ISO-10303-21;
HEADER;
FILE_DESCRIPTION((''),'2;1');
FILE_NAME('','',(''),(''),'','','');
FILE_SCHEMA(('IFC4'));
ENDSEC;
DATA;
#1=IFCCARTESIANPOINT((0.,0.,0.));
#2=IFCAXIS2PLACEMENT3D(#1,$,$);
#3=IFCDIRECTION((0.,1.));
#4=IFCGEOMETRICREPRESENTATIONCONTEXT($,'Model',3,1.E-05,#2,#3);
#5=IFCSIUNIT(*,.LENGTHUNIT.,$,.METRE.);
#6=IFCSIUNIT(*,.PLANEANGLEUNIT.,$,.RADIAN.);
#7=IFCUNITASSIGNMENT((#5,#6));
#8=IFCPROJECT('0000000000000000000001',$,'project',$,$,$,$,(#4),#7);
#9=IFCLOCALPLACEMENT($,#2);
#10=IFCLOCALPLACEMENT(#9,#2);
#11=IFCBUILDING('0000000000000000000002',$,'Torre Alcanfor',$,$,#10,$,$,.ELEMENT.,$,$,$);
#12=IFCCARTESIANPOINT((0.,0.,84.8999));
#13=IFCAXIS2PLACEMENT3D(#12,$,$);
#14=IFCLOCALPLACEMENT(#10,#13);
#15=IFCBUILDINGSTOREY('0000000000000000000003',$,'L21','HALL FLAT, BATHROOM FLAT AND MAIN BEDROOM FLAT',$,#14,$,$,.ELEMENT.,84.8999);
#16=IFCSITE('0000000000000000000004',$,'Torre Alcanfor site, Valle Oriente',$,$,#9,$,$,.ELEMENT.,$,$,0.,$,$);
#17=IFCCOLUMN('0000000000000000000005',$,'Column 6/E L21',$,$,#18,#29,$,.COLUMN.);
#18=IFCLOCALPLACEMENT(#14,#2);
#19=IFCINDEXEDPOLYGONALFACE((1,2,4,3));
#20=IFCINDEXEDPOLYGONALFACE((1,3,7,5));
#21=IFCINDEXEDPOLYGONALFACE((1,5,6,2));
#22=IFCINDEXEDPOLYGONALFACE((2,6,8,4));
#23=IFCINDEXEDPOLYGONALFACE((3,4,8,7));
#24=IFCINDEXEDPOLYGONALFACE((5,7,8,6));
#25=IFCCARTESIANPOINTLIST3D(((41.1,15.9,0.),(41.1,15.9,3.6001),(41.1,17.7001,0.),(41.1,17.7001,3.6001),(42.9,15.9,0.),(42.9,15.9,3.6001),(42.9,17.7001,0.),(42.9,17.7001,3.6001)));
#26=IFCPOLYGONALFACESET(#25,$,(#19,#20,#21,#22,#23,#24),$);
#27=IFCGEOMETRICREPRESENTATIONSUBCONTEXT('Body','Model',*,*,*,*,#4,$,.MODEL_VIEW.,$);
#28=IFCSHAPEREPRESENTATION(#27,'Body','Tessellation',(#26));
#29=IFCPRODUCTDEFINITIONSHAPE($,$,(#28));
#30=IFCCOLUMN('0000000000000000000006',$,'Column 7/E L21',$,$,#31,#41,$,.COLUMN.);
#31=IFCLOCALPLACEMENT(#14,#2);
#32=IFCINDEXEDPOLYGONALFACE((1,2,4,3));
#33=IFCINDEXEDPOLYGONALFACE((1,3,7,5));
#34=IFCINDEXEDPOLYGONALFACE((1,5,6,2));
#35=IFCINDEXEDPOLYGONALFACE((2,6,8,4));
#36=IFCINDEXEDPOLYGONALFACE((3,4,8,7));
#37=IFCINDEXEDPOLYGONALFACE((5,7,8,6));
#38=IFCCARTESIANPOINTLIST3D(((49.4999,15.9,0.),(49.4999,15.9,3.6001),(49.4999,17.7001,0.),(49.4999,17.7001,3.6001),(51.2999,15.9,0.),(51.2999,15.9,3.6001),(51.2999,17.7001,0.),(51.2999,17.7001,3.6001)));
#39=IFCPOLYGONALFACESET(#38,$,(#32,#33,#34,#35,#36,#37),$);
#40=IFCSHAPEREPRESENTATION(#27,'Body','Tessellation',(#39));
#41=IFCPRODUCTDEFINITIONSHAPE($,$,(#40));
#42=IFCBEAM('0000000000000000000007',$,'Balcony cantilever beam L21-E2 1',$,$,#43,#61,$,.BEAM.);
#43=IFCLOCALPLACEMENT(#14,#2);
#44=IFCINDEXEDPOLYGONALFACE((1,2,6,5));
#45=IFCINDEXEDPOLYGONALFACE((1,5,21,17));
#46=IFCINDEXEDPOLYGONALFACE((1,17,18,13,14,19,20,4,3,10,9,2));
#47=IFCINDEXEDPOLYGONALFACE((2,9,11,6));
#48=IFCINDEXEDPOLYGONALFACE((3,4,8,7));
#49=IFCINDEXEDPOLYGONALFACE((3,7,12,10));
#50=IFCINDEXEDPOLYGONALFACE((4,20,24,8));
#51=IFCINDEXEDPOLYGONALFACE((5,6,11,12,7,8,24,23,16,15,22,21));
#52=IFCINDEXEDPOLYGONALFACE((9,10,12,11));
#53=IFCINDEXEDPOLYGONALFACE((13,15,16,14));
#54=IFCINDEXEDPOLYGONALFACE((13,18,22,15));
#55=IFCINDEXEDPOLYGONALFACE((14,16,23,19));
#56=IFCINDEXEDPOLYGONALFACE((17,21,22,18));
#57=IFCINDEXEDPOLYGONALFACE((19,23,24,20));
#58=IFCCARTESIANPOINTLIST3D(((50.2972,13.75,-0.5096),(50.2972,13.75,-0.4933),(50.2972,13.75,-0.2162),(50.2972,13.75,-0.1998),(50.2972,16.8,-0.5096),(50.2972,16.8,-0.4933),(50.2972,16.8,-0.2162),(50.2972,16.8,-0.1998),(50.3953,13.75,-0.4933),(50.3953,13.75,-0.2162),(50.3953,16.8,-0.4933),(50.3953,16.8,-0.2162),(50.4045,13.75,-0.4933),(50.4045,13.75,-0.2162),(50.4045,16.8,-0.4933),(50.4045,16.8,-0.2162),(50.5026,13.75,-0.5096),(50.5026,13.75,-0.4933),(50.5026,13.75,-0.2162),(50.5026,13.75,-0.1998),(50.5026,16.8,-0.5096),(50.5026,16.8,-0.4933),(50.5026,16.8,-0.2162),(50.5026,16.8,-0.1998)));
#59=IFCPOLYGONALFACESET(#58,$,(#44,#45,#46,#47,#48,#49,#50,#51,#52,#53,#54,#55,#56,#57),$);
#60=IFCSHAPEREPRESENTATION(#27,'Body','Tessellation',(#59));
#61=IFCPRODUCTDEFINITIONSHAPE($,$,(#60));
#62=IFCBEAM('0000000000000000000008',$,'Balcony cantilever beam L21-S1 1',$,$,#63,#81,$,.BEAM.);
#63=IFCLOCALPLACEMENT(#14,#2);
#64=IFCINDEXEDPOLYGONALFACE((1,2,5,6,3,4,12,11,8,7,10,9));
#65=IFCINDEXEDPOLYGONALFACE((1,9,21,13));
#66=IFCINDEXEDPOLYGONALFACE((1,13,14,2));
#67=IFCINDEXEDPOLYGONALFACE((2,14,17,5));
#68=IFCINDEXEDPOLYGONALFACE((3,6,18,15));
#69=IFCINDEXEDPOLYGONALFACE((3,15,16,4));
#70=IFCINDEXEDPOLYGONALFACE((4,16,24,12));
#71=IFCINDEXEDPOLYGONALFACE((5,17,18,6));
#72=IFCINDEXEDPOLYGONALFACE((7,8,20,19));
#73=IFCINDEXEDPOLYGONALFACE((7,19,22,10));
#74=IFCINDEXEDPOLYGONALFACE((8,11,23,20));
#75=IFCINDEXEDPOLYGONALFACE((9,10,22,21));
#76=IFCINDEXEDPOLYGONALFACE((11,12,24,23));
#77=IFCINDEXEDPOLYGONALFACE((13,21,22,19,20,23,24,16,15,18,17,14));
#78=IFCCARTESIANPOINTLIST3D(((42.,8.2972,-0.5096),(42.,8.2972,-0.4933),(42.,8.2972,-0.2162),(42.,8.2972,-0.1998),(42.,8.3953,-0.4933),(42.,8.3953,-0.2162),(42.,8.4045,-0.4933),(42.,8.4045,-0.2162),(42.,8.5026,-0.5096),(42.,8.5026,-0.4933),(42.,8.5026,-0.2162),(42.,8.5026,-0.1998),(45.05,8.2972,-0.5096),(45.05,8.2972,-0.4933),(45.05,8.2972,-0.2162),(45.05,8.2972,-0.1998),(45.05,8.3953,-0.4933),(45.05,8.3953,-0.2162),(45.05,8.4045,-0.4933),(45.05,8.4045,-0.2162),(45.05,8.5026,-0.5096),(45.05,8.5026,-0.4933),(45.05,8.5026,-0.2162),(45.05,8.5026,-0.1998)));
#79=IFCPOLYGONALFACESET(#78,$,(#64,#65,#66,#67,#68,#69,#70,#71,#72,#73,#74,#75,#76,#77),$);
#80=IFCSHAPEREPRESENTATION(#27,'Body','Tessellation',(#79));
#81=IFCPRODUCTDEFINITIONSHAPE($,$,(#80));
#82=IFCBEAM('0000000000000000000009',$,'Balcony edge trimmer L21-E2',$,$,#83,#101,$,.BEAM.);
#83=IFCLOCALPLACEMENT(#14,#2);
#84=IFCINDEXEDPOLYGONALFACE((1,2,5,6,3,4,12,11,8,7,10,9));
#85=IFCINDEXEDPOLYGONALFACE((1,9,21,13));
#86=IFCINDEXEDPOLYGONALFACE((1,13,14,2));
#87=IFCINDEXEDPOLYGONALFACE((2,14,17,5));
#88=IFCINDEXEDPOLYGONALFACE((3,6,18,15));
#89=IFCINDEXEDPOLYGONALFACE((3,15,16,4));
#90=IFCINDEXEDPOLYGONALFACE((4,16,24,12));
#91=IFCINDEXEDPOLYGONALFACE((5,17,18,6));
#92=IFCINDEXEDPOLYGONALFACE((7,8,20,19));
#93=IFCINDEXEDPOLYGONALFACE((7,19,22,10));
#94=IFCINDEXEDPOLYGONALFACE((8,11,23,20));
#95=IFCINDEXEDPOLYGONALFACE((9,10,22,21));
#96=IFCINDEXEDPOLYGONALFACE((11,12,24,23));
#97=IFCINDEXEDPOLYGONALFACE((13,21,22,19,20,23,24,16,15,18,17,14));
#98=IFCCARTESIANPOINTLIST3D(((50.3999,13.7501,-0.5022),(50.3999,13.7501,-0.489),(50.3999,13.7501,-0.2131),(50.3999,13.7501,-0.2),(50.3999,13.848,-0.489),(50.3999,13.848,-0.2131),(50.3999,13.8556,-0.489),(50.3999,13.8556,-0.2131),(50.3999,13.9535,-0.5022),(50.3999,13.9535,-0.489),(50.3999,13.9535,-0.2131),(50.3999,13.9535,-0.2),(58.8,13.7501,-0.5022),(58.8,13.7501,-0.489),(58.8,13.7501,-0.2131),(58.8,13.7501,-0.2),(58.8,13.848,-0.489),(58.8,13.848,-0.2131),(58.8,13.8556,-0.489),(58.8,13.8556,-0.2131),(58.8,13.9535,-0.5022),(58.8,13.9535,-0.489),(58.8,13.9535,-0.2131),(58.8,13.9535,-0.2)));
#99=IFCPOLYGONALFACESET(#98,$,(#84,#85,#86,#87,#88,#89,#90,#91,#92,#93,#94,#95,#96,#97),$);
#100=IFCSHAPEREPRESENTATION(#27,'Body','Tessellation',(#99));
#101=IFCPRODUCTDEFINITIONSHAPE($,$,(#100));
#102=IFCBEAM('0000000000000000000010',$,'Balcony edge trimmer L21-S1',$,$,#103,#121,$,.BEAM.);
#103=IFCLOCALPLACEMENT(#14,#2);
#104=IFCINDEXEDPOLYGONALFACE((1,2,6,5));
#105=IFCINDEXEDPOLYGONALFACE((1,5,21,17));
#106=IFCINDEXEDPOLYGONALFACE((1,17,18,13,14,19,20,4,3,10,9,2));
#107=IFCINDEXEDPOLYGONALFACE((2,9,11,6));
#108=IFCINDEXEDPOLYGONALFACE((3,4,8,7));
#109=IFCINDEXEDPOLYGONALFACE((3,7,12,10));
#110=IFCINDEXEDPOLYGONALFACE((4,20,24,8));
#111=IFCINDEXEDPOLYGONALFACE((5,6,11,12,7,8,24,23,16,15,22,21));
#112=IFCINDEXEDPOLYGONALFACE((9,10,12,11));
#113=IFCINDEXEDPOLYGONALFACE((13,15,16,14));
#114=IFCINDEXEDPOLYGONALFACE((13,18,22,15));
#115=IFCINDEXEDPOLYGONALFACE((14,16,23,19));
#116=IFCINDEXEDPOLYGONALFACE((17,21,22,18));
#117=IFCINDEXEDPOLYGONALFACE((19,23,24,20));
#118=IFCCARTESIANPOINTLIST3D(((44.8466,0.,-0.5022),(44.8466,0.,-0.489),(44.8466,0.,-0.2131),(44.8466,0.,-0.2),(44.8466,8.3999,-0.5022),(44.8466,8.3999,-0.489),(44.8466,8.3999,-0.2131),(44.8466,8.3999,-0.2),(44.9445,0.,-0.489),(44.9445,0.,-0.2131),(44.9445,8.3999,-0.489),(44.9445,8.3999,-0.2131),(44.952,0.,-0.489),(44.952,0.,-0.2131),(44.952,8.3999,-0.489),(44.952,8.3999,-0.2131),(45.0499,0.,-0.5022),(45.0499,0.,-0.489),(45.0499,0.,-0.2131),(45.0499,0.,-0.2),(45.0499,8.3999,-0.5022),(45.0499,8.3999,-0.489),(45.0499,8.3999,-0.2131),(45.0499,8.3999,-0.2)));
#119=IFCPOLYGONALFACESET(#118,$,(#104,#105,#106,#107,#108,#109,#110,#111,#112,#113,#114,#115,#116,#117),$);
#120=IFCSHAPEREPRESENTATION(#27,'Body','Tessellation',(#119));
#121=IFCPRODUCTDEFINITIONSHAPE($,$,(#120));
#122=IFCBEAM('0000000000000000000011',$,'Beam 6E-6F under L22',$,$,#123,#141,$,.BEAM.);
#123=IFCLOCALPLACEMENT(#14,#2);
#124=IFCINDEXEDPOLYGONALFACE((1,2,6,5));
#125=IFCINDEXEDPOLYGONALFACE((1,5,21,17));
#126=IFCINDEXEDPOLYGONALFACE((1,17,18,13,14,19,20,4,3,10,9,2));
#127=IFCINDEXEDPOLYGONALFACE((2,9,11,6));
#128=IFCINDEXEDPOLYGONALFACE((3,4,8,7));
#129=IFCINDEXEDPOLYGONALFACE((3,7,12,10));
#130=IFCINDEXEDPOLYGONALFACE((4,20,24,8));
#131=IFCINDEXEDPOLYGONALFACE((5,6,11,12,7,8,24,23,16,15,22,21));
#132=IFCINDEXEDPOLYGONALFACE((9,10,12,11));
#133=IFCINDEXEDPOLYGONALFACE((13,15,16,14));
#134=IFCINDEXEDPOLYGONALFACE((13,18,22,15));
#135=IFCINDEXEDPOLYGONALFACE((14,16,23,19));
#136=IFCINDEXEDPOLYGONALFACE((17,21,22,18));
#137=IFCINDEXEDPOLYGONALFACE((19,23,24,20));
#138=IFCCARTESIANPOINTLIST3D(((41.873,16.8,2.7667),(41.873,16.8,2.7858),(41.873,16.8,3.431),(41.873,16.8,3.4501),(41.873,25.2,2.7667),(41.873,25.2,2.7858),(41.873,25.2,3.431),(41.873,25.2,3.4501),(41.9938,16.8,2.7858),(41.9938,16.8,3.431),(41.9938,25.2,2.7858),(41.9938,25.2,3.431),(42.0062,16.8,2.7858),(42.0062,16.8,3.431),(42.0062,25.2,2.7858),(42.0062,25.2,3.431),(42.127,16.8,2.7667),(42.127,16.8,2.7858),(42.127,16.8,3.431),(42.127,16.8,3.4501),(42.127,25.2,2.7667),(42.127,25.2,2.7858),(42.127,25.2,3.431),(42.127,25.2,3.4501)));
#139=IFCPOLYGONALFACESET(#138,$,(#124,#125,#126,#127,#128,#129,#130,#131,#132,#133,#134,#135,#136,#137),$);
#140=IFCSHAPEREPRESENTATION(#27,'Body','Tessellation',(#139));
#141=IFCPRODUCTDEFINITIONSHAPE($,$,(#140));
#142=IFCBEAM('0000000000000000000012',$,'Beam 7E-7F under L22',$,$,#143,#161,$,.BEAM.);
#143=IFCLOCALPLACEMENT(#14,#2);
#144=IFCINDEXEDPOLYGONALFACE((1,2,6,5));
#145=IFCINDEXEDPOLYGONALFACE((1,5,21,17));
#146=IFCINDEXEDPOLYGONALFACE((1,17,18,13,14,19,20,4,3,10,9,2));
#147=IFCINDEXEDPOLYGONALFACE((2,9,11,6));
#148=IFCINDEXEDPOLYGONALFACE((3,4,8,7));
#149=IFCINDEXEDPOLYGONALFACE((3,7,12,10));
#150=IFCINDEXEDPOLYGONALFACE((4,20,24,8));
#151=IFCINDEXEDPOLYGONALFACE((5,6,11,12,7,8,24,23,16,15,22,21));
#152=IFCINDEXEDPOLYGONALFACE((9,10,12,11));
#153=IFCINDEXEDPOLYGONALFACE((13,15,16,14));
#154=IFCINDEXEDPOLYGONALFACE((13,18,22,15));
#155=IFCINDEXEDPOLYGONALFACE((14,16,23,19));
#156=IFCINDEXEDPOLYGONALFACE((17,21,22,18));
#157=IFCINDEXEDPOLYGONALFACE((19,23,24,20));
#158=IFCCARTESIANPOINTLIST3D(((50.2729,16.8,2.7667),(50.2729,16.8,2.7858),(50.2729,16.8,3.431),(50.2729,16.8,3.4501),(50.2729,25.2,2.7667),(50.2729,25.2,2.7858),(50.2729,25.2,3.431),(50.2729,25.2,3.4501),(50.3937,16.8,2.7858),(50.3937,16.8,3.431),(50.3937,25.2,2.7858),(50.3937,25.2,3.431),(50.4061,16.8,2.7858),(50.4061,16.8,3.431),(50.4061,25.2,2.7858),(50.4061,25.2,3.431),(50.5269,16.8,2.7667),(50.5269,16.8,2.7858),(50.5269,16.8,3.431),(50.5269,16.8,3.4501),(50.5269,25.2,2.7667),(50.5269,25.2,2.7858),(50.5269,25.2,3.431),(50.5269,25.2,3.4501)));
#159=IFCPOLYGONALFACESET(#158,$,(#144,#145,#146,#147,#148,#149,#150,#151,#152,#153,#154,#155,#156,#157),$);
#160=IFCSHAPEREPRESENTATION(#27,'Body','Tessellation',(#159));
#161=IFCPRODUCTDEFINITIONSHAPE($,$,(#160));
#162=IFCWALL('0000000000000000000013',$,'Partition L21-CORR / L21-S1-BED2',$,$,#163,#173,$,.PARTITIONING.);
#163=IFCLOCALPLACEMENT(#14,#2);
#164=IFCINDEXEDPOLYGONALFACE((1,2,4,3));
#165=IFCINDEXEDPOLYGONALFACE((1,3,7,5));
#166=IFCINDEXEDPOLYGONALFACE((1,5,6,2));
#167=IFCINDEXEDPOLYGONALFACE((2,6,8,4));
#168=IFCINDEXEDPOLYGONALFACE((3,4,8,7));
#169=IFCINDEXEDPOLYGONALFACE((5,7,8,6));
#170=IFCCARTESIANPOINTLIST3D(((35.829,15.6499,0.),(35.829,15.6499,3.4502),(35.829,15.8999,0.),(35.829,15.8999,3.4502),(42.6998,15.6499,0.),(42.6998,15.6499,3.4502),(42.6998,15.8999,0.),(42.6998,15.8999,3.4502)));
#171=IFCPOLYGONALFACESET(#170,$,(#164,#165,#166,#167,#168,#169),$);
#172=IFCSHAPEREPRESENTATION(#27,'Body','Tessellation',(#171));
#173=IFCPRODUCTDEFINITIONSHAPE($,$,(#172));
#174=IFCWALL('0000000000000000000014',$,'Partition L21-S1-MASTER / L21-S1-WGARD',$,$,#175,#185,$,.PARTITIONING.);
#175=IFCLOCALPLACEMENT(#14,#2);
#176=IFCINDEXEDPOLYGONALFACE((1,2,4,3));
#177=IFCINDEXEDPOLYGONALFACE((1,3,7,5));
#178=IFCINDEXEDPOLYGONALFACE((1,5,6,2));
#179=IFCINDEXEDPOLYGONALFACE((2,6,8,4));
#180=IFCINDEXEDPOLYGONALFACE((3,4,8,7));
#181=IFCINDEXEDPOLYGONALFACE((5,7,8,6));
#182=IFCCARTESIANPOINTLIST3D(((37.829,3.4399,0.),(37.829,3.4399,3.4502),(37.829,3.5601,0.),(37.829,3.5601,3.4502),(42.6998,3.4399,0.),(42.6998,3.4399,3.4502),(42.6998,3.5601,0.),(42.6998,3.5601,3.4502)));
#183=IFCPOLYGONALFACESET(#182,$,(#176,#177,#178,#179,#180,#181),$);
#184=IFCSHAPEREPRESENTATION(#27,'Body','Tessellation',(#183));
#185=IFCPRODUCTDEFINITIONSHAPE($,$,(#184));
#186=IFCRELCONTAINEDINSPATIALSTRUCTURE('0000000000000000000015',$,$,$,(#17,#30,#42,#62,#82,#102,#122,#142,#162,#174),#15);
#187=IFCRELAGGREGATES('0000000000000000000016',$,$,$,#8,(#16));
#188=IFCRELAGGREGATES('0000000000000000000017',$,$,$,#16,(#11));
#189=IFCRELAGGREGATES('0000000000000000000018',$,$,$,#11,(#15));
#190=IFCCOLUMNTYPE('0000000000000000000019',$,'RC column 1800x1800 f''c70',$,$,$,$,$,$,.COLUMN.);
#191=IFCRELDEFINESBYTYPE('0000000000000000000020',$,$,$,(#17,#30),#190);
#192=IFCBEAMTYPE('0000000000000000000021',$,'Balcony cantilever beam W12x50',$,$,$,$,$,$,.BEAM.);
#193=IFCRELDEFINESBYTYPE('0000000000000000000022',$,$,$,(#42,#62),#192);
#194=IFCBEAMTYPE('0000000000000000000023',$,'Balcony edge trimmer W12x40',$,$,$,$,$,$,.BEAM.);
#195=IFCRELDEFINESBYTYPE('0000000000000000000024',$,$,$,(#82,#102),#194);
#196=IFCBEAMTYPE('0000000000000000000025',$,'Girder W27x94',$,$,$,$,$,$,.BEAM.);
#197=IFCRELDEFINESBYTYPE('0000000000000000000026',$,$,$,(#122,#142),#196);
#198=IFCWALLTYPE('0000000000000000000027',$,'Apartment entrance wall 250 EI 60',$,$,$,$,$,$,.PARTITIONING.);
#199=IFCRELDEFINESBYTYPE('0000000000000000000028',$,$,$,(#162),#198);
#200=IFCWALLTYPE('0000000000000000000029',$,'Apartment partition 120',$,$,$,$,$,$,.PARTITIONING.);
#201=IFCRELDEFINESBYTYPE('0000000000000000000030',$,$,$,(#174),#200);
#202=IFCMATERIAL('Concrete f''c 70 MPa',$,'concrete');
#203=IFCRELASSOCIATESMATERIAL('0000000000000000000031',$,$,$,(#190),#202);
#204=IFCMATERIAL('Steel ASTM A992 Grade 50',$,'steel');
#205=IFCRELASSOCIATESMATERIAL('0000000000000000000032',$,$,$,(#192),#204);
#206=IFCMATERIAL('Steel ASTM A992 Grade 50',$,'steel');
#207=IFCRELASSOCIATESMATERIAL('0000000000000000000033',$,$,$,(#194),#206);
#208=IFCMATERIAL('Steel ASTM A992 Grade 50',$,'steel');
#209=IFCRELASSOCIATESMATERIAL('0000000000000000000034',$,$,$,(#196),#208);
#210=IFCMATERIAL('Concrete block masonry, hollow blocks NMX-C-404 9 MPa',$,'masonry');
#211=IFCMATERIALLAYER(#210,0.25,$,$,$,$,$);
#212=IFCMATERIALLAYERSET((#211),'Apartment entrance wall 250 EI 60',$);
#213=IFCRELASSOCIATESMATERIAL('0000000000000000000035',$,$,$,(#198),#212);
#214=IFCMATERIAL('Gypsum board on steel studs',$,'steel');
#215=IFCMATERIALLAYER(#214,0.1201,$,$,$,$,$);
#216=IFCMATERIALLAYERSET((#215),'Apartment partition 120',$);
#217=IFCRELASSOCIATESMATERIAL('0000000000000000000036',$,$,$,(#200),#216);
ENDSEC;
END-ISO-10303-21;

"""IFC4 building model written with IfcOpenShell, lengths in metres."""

from ifc_helpers import new_model, si_unit, direction, frame, frame_2d, origin, origin_2d, place, context, subcontext, project, spatial, rectangle, i_section, extrude, material, layer, layer_set, material_profile, profile_set, type_object, element, save


model = new_model("IFC4")

# Units and contexts
model_context = context("Model", 3, precision=1e-05, world=origin(), true_north=direction((0.0, 1.0)))
body_context = subcontext(model_context, "Body", "Model", "MODEL_VIEW")
ifc_project = project(units=[si_unit("LENGTHUNIT", "METRE"), si_unit("PLANEANGLEUNIT", "RADIAN")], contexts=[model_context])

# Site, building, storey
site_placement = place(None, origin())
site = spatial("IfcSite", under=ifc_project, at=site_placement, Name="Torre Alcanfor site, Valle Oriente", CompositionType="ELEMENT", RefElevation=0.0)
building_placement = place(site_placement, origin())
building = spatial("IfcBuilding", under=site, at=building_placement, Name="Torre Alcanfor", CompositionType="ELEMENT")
storey_placement = place(building_placement, frame((0.0, 0.0, 84.8999)))
storey = spatial("IfcBuildingStorey", under=building, at=storey_placement, Name="L21", Description="HALL FLAT, BATHROOM FLAT AND MAIN BEDROOM FLAT", CompositionType="ELEMENT", Elevation=84.8999)

# Columns
ifc_material_1 = material(Name="Concrete f'c 70 MPa", Category="concrete")
ifc_material_profile_1 = material_profile(ifc_material_1, rectangle(XDim=1.8, YDim=1.8, at=origin_2d()), Name="1800x1800")
ifc_profile_set_1 = profile_set([ifc_material_profile_1], Name="Concrete f'c 70 MPa")
column_type = type_object("IfcColumnType", Name="RC column 1800x1800 f'c70", PredefinedType="COLUMN", material=ifc_profile_set_1)
for number, where, z_axis, x_axis, name in (
    (1, (42.0, 16.8, 0.0), (0.0, 0.0, 1.0), (1.0, 0.0, 0.0), "Column 6/E L21"),
    (2, (50.3999, 16.8, 0.0), (0.0, 0.0, 1.0), (1.0, 0.0, 0.0), "Column 7/E L21"),
):
    element("IfcColumn", number, at=place(storey_placement, frame(where, z_axis=z_axis, x_axis=x_axis)), inside=storey, type_object=column_type, Name=name, PredefinedType="COLUMN", context=body_context, shape_type="SweptSolid", body=[
        extrude(rectangle(XDim=1.8, YDim=1.8, at=origin_2d()), origin(), (0.0, 0.0, 1.0), 3.6001),
    ])

# Beams
ifc_material_2 = material(Name="Steel ASTM A992 Grade 50", Category="steel")
ifc_material_profile_2 = material_profile(ifc_material_2, i_section(OverallWidth=0.2053, OverallDepth=0.3098, WebThickness=0.0093, FlangeThickness=0.0164, at=origin_2d()), Name="W12x50")
ifc_profile_set_2 = profile_set([ifc_material_profile_2], Name="Steel ASTM A992 Grade 50")
beam_type_1 = type_object("IfcBeamType", Name="Balcony cantilever beam W12x50", PredefinedType="BEAM", material=ifc_profile_set_2)
for number, where, z_axis, x_axis, name in (
    (3, (50.3999, 16.8, -0.3547), (0.0, -1.0, 0.0), (1.0, 0.0, 0.0), "Balcony cantilever beam L21-E2 1"),
    (4, (42.0, 8.3999, -0.3547), (1.0, 0.0, 0.0), (0.0, 1.0, 0.0), "Balcony cantilever beam L21-S1 1"),
):
    element("IfcBeam", number, at=place(storey_placement, frame(where, z_axis=z_axis, x_axis=x_axis)), inside=storey, type_object=beam_type_1, Name=name, PredefinedType="BEAM", context=body_context, shape_type="SweptSolid", body=[
        extrude(i_section(OverallWidth=0.2053, OverallDepth=0.3098, WebThickness=0.0093, FlangeThickness=0.0164, at=origin_2d()), origin(), (0.0, 0.0, 1.0), 3.05),
    ])
ifc_material_3 = material(Name="Steel ASTM A992 Grade 50", Category="steel")
ifc_material_profile_3 = material_profile(ifc_material_3, i_section(OverallWidth=0.2034, OverallDepth=0.3022, WebThickness=0.0076, FlangeThickness=0.0132, at=origin_2d()), Name="W12x40")
ifc_profile_set_3 = profile_set([ifc_material_profile_3], Name="Steel ASTM A992 Grade 50")
beam_type_2 = type_object("IfcBeamType", Name="Balcony edge trimmer W12x40", PredefinedType="BEAM", material=ifc_profile_set_3)
beam_1_placement = place(storey_placement, frame((50.3999, 13.8518, -0.3511), z_axis=(1.0, 0.0, 0.0), x_axis=(0.0, 1.0, 0.0)))
element("IfcBeam", 5, at=beam_1_placement, inside=storey, type_object=beam_type_2, Name="Balcony edge trimmer L21-E2", PredefinedType="BEAM", context=body_context, shape_type="SweptSolid", body=[
    extrude(i_section(OverallWidth=0.2034, OverallDepth=0.3022, WebThickness=0.0076, FlangeThickness=0.0132, at=origin_2d()), origin(), (0.0, 0.0, 1.0), 8.4001),
])
beam_2_placement = place(storey_placement, frame((44.9482, 8.3999, -0.3511), z_axis=(0.0, -1.0, 0.0), x_axis=(1.0, 0.0, 0.0)))
element("IfcBeam", 6, at=beam_2_placement, inside=storey, type_object=beam_type_2, Name="Balcony edge trimmer L21-S1", PredefinedType="BEAM", context=body_context, shape_type="SweptSolid", body=[
    extrude(i_section(OverallWidth=0.2034, OverallDepth=0.3022, WebThickness=0.0076, FlangeThickness=0.0132, at=origin_2d()), origin(), (0.0, 0.0, 1.0), 8.3999),
])
ifc_material_4 = material(Name="Steel ASTM A992 Grade 50", Category="steel")
ifc_material_profile_4 = material_profile(ifc_material_4, i_section(OverallWidth=0.2539, OverallDepth=0.6833, WebThickness=0.0125, FlangeThickness=0.019, at=origin_2d()), Name="W27x94")
ifc_profile_set_4 = profile_set([ifc_material_profile_4], Name="Steel ASTM A992 Grade 50")
beam_type_3 = type_object("IfcBeamType", Name="Girder W27x94", PredefinedType="BEAM", material=ifc_profile_set_4)
for number, where, z_axis, x_axis, name in (
    (7, (42.0, 16.8, 3.1084), (0.0, 1.0, 0.0), (-1.0, 0.0, 0.0), "Beam 6E-6F under L22"),
    (8, (50.3999, 16.8, 3.1084), (0.0, 1.0, 0.0), (-1.0, 0.0, 0.0), "Beam 7E-7F under L22"),
):
    element("IfcBeam", number, at=place(storey_placement, frame(where, z_axis=z_axis, x_axis=x_axis)), inside=storey, type_object=beam_type_3, Name=name, PredefinedType="BEAM", context=body_context, shape_type="SweptSolid", body=[
        extrude(i_section(OverallWidth=0.2539, OverallDepth=0.6833, WebThickness=0.0125, FlangeThickness=0.019, at=origin_2d()), origin(), (0.0, 0.0, 1.0), 8.3999),
    ])

# Walls
ifc_material_5 = material(Name="Concrete block masonry, hollow blocks NMX-C-404 9 MPa", Category="masonry")
ifc_layer_1 = layer(ifc_material_5, 0.25)
ifc_layer_set_1 = layer_set([ifc_layer_1], Name="Apartment entrance wall 250 EI 60")
wall_type_1 = type_object("IfcWallType", Name="Apartment entrance wall 250 EI 60", PredefinedType="PARTITIONING", material=ifc_layer_set_1)
wall_1_placement = place(storey_placement, frame((42.7, 15.7749, 0.0), z_axis=(0.0, 0.0, 1.0), x_axis=(-1.0, 0.0, 0.0)))
element("IfcWall", 9, at=wall_1_placement, inside=storey, type_object=wall_type_1, Name="Partition L21-CORR / L21-S1-BED2", PredefinedType="PARTITIONING", context=body_context, shape_type="SweptSolid", body=[
    extrude(rectangle(XDim=6.8708, YDim=0.25, at=frame_2d((3.4355, 0.0))), origin(), (0.0, 0.0, 1.0), 3.4502),
])
ifc_material_6 = material(Name="Gypsum board on steel studs", Category="steel")
ifc_layer_2 = layer(ifc_material_6, 0.1201)
ifc_layer_set_2 = layer_set([ifc_layer_2], Name="Apartment partition 120")
wall_type_2 = type_object("IfcWallType", Name="Apartment partition 120", PredefinedType="PARTITIONING", material=ifc_layer_set_2)
wall_2_placement = place(storey_placement, frame((42.7, 3.5, 0.0), z_axis=(0.0, 0.0, 1.0), x_axis=(-1.0, 0.0, 0.0)))
element("IfcWall", 10, at=wall_2_placement, inside=storey, type_object=wall_type_2, Name="Partition L21-S1-MASTER / L21-S1-WGARD", PredefinedType="PARTITIONING", context=body_context, shape_type="SweptSolid", body=[
    extrude(rectangle(XDim=4.8708, YDim=0.1201, at=frame_2d((2.4355, 0.0))), origin(), (0.0, 0.0, 1.0), 3.4502),
])

save(model, "model.ifc")
